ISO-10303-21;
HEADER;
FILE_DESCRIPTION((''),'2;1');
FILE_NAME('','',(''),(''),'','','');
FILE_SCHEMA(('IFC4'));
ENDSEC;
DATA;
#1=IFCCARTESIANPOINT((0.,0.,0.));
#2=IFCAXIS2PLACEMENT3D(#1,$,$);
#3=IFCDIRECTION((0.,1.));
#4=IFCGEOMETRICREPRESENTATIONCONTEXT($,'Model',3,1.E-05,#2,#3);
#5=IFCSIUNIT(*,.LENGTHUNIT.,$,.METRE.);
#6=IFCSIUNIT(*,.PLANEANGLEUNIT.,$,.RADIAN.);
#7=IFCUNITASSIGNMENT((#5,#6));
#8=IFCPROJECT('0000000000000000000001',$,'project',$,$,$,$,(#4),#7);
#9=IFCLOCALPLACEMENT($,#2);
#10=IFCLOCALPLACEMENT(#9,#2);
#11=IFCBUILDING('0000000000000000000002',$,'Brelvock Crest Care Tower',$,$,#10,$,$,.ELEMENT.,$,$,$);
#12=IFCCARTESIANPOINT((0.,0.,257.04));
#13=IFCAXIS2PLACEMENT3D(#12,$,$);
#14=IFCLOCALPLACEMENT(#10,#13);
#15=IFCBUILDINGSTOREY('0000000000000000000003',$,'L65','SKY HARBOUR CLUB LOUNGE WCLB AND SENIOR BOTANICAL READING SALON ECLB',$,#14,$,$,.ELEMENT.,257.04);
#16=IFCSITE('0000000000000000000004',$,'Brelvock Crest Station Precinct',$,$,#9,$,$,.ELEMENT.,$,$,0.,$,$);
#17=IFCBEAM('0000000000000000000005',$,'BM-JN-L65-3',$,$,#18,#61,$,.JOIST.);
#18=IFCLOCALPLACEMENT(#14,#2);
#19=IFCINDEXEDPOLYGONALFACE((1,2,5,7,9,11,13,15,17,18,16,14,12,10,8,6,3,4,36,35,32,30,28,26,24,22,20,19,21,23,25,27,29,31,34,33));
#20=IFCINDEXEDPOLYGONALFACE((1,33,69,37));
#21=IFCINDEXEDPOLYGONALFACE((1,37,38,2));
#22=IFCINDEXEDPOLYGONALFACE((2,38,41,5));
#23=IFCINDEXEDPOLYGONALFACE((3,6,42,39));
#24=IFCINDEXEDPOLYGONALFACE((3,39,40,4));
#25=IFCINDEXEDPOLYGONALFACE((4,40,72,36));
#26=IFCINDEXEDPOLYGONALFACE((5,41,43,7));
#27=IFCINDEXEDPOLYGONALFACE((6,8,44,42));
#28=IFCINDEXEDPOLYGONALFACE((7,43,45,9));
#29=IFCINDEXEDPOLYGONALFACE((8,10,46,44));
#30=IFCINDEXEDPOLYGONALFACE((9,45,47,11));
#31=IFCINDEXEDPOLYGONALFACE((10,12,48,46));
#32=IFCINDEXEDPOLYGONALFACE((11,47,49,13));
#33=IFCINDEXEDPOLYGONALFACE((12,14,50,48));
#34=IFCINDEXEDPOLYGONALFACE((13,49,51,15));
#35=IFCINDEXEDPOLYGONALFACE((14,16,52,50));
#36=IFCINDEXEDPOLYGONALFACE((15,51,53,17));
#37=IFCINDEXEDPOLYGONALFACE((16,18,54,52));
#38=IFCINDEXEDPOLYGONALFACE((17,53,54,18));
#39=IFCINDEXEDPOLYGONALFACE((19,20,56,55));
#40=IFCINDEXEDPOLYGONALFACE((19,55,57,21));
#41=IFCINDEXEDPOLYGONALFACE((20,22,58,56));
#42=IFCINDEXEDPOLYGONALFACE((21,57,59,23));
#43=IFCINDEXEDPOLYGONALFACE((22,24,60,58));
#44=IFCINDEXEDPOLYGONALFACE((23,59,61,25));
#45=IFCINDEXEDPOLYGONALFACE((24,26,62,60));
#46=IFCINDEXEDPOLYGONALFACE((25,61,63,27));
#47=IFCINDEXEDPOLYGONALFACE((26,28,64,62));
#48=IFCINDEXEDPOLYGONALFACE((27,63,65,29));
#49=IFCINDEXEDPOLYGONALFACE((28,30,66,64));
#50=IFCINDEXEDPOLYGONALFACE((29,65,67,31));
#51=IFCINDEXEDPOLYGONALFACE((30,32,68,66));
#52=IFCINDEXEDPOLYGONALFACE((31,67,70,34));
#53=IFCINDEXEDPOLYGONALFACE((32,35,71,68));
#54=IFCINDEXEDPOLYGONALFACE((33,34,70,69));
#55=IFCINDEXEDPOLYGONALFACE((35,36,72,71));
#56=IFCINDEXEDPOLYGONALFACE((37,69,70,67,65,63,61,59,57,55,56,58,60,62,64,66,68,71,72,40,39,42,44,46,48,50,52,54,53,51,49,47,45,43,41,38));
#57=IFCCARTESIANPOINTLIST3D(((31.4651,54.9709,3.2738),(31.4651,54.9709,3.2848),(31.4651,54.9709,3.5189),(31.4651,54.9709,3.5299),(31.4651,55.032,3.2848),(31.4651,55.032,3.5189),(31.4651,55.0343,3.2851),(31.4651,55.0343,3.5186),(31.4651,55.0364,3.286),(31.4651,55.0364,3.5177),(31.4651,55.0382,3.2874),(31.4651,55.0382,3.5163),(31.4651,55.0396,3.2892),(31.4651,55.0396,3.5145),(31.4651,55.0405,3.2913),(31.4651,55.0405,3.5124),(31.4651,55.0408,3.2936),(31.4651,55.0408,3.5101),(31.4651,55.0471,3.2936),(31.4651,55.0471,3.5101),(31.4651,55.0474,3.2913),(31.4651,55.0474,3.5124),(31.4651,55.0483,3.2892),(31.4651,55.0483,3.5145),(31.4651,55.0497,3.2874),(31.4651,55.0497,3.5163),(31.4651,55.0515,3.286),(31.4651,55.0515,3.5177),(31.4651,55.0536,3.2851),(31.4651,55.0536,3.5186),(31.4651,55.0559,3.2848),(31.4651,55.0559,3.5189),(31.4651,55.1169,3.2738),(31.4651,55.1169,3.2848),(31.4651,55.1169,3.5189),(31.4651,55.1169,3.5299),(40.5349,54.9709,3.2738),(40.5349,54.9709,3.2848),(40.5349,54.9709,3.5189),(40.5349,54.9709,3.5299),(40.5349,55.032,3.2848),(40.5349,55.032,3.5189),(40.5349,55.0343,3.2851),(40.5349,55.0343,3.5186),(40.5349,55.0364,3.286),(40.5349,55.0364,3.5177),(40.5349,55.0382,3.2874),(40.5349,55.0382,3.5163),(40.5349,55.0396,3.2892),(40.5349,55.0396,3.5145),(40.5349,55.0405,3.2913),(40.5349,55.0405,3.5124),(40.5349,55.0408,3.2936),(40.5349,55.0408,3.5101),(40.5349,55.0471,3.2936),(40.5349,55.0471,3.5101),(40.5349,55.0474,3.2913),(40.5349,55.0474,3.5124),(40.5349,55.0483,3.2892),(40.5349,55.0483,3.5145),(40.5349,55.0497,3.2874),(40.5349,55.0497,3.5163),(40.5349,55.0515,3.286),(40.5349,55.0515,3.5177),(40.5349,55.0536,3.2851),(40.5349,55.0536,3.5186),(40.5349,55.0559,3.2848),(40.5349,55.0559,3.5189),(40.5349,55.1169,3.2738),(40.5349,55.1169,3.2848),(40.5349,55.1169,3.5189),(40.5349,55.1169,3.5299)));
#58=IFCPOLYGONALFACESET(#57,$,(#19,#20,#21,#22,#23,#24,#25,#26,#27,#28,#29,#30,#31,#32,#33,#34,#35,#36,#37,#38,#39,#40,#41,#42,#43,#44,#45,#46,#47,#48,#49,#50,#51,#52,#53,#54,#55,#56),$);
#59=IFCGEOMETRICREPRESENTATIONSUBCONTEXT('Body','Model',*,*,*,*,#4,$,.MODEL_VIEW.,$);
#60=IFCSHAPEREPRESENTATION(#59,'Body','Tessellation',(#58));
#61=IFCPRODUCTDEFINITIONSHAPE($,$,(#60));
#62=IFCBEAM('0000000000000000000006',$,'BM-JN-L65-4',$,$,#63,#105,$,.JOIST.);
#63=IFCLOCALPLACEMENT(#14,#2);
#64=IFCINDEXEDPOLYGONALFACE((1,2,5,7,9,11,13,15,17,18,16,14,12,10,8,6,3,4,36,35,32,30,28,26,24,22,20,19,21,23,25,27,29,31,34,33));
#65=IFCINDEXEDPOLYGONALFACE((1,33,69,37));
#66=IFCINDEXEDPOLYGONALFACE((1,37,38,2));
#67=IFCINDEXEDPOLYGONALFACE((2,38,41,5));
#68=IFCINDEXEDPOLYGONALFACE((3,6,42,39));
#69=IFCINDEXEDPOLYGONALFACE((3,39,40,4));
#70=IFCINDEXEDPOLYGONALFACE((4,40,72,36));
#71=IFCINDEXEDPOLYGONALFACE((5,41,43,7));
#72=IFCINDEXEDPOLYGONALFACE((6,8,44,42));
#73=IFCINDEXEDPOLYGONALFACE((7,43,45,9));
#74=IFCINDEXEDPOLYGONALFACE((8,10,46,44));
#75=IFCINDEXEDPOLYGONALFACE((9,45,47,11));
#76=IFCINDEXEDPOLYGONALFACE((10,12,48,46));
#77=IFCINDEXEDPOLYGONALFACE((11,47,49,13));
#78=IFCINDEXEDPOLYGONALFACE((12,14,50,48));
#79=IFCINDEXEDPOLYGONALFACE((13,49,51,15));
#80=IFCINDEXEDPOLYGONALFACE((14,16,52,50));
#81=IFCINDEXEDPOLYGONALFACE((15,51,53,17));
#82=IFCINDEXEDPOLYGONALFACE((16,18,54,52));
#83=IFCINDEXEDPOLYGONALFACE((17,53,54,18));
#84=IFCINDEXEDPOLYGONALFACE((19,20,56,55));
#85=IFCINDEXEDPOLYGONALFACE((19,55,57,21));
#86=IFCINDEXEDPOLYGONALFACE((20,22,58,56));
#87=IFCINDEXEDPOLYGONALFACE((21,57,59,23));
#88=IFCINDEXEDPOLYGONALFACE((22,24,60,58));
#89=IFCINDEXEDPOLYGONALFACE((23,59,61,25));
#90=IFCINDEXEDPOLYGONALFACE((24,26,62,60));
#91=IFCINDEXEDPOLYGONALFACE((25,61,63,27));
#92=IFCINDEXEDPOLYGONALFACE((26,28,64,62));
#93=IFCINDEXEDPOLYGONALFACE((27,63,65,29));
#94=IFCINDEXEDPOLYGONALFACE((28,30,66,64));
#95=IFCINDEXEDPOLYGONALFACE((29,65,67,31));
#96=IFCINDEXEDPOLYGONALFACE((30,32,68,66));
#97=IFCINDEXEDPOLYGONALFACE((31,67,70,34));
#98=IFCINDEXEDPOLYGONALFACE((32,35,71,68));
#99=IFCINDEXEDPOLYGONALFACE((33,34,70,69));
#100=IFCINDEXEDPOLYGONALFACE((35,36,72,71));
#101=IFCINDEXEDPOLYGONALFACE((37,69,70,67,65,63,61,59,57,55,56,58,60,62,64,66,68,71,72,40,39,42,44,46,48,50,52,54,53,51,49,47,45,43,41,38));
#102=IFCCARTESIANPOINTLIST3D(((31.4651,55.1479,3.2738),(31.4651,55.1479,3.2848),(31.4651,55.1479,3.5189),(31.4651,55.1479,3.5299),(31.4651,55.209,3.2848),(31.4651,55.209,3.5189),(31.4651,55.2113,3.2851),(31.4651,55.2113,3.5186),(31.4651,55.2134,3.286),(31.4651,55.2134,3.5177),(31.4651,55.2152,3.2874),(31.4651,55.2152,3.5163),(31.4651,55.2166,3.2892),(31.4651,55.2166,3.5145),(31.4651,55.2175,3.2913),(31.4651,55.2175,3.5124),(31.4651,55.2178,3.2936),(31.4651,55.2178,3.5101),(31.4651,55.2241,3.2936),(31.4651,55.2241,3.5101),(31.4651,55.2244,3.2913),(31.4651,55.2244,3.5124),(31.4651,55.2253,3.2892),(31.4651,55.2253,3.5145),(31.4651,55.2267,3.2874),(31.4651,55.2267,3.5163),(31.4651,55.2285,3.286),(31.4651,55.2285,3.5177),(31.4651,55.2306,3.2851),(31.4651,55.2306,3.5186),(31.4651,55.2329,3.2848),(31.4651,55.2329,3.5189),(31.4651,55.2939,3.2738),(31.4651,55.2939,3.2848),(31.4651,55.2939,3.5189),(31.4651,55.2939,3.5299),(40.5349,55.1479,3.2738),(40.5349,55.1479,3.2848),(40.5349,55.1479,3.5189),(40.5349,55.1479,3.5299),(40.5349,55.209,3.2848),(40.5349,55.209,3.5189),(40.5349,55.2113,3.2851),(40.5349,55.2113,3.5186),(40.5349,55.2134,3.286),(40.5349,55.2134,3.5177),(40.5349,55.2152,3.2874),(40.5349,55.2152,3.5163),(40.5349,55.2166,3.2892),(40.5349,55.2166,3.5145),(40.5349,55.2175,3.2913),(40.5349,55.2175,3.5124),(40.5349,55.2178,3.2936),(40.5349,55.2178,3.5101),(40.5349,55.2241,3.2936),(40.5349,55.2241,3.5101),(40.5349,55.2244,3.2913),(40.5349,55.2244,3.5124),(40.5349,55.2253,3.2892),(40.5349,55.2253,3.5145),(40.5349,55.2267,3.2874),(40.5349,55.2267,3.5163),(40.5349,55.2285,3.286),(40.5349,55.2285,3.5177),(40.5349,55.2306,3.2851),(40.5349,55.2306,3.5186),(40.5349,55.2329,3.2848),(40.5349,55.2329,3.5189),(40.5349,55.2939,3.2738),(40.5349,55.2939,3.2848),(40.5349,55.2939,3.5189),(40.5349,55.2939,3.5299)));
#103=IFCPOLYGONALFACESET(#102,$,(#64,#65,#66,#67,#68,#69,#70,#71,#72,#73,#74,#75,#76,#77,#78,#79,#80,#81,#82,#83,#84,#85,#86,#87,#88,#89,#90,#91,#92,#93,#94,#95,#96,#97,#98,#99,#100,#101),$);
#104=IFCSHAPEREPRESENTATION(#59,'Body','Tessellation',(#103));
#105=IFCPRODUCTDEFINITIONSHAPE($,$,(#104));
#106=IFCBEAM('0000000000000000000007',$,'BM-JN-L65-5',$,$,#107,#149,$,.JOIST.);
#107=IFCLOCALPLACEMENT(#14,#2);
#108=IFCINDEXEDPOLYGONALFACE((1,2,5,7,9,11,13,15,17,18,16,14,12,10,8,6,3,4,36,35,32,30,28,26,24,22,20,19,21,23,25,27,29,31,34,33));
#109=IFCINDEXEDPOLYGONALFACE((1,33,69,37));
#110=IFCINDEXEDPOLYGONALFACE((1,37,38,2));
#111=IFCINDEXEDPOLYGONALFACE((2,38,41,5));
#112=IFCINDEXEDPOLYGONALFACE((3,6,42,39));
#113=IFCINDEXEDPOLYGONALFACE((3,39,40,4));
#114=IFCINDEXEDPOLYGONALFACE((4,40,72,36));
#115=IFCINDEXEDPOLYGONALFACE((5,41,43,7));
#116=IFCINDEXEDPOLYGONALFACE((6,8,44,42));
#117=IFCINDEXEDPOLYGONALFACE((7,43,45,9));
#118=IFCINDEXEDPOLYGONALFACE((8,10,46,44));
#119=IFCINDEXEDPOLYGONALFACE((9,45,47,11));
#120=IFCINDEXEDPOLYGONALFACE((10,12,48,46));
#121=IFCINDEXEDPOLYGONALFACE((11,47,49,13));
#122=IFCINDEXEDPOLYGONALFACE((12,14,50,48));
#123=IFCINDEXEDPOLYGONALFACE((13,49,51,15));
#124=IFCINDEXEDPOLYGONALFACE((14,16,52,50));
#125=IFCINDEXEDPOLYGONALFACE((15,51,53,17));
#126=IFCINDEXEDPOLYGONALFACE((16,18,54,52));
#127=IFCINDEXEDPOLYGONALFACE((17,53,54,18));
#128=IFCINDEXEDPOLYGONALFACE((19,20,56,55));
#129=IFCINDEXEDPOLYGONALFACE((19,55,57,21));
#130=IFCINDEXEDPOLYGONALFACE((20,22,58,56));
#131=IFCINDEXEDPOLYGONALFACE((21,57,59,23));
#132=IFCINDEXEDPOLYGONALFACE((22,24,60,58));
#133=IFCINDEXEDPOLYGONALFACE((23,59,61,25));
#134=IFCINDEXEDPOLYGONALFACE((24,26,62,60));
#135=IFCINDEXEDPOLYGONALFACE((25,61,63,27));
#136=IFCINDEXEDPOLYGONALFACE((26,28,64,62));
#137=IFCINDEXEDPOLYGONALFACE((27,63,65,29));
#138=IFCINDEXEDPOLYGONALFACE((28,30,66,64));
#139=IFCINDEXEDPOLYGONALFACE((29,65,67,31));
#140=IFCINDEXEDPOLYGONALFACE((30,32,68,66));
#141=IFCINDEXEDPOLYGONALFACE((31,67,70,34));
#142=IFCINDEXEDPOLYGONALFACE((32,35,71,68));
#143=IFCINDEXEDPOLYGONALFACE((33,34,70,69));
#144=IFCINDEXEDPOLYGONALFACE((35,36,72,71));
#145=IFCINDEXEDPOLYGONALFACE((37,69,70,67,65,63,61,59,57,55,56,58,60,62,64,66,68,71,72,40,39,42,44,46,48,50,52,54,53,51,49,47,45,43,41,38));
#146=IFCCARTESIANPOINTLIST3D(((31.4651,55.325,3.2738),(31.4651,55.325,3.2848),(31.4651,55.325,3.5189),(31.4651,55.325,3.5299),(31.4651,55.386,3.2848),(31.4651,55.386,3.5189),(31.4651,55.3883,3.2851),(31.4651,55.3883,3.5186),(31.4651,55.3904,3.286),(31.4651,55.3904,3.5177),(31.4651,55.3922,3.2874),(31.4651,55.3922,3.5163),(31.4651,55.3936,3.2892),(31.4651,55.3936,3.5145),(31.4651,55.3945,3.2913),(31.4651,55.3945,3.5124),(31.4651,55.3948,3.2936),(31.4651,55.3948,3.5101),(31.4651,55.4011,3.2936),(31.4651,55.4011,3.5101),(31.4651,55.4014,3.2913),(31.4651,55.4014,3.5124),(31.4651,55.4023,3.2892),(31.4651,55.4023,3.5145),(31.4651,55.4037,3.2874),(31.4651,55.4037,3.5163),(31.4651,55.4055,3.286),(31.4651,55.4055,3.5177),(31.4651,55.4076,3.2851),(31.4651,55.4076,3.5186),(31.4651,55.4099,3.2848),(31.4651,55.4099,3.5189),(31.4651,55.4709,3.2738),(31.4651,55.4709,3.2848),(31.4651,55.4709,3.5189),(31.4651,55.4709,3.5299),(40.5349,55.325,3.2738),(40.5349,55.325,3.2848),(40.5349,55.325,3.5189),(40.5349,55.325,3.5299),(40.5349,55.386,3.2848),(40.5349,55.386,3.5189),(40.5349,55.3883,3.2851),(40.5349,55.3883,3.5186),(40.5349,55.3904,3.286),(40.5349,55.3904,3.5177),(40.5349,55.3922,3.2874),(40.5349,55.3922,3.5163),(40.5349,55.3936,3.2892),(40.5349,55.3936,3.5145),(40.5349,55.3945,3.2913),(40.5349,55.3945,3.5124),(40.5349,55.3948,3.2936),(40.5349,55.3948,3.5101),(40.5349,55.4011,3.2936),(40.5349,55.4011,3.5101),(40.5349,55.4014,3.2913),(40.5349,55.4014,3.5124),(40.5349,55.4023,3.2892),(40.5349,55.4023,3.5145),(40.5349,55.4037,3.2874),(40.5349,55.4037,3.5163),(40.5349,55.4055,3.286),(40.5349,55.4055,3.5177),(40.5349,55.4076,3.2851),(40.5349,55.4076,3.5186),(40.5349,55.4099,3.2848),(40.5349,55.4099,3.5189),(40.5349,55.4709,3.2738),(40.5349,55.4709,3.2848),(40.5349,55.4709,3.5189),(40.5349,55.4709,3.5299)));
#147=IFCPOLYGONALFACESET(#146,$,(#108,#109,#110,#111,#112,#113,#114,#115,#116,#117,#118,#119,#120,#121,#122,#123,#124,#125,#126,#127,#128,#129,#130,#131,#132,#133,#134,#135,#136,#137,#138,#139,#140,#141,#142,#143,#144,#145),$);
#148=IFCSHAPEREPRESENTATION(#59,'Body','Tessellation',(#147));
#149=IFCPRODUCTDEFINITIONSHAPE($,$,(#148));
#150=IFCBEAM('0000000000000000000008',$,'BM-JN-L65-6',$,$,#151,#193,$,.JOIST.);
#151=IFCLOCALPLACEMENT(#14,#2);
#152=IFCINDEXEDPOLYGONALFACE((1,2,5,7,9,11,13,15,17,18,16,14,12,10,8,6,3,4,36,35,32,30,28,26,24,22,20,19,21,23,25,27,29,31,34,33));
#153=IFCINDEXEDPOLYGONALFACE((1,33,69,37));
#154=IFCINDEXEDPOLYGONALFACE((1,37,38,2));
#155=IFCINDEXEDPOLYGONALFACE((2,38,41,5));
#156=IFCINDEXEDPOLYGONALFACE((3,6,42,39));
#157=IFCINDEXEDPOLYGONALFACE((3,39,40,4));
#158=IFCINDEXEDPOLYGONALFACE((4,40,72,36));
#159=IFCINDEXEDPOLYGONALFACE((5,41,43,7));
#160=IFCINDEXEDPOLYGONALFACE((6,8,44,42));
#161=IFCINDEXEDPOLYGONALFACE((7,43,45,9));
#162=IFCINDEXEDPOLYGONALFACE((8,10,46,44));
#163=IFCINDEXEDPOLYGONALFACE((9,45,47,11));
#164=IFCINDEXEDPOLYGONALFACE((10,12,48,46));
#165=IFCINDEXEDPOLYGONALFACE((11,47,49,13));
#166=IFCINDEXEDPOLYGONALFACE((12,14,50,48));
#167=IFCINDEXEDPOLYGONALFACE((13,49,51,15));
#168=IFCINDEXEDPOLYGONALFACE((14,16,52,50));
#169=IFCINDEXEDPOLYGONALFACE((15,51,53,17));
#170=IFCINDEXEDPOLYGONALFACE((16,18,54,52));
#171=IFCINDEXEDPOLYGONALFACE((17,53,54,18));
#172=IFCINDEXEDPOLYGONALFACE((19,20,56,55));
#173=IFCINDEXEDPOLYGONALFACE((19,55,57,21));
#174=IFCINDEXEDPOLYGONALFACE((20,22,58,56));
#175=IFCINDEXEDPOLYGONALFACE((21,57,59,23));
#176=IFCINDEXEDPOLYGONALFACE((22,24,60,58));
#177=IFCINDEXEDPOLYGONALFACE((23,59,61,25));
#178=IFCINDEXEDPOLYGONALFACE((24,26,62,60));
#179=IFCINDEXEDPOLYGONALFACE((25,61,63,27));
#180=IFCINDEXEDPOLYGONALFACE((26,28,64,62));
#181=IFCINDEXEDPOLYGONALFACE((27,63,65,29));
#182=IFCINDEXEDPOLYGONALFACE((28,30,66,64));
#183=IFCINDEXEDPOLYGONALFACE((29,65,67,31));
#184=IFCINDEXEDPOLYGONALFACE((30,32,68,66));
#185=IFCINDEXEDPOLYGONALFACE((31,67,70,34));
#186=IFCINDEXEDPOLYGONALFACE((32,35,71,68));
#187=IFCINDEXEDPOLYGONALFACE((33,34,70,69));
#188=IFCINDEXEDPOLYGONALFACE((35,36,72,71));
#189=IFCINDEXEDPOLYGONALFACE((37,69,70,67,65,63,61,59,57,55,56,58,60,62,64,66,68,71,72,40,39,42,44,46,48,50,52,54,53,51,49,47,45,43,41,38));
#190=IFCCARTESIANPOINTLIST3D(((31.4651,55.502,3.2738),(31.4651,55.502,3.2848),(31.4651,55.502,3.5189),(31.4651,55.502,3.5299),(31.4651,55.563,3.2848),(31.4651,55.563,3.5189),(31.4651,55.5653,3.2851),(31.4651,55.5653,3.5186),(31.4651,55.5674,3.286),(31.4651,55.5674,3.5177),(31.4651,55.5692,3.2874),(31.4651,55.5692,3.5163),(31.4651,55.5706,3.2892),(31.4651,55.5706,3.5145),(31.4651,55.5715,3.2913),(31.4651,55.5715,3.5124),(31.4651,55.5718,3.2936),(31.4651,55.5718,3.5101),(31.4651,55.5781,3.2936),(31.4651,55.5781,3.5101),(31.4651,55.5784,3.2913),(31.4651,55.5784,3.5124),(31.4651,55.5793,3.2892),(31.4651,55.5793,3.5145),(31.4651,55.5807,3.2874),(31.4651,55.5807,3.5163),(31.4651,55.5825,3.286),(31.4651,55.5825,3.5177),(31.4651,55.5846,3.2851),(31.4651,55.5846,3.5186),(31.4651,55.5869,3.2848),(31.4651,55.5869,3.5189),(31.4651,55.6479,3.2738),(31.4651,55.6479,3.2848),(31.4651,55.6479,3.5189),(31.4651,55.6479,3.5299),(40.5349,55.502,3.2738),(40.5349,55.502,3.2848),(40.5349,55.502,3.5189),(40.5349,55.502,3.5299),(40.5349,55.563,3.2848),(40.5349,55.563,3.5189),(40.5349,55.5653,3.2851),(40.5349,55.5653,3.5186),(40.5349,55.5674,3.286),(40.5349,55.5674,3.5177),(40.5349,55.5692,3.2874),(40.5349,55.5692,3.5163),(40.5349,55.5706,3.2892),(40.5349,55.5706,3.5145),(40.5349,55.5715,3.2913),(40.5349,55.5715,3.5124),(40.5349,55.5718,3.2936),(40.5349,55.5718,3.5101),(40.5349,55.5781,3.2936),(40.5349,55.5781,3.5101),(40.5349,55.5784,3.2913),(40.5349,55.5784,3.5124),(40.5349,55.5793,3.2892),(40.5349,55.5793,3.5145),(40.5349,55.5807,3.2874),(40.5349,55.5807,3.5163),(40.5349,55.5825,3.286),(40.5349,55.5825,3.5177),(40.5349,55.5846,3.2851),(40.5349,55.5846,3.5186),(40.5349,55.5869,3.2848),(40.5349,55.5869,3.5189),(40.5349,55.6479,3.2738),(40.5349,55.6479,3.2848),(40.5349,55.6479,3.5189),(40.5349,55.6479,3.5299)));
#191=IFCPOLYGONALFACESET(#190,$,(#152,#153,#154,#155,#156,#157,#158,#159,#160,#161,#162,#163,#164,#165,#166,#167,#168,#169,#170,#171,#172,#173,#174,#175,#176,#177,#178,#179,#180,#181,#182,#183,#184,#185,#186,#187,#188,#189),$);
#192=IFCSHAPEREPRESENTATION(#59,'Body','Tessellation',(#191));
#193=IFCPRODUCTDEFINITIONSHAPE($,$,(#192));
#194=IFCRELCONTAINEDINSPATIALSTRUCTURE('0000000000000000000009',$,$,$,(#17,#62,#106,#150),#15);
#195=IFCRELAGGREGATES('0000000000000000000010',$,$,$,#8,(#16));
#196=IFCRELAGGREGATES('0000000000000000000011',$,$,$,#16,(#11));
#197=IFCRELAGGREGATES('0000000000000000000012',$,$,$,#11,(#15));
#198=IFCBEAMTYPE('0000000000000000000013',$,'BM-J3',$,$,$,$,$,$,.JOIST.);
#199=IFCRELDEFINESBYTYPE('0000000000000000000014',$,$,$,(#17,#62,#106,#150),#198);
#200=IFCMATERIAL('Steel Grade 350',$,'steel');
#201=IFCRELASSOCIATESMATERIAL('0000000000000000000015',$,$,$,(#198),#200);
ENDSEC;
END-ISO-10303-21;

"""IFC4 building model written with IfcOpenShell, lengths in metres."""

from ifc_helpers import new_model, si_unit, direction, frame, origin, origin_2d, place, context, subcontext, project, spatial, i_section, extrude, source, transform, mapped, material, material_profile, profile_set, type_object, element, save


model = new_model("IFC4")

# Units and contexts
model_context = context("Model", 3, precision=1e-05, world=origin(), true_north=direction((0.0, 1.0)))
body_context = subcontext(model_context, "Body", "Model", "MODEL_VIEW")
ifc_project = project(units=[si_unit("LENGTHUNIT", "METRE"), si_unit("PLANEANGLEUNIT", "RADIAN")], contexts=[model_context])

# Site, building, storey
site_placement = place(None, origin())
site = spatial("IfcSite", under=ifc_project, at=site_placement, Name="Brelvock Crest Station Precinct", CompositionType="ELEMENT", RefElevation=0.0)
building_placement = place(site_placement, origin())
building = spatial("IfcBuilding", under=site, at=building_placement, Name="Brelvock Crest Care Tower", CompositionType="ELEMENT")
storey_placement = place(building_placement, frame((0.0, 0.0, 257.04)))
storey = spatial("IfcBuildingStorey", under=building, at=storey_placement, Name="L65", Description="SKY HARBOUR CLUB LOUNGE WCLB AND SENIOR BOTANICAL READING SALON ECLB", CompositionType="ELEMENT", Elevation=257.04)

# Shared definitions
ifc_material_1 = material(Name="Steel Grade 350", Category="steel")

# Beams
ifc_material_profile_1 = material_profile(ifc_material_1, i_section(OverallWidth=0.146, OverallDepth=0.2561, WebThickness=0.0063, FlangeThickness=0.011, FilletRadius=0.0088, at=origin_2d()), Name="250UB37.3")
ifc_profile_set_1 = profile_set([ifc_material_profile_1], Name="Steel Grade 350")
beam_type_1 = type_object("IfcBeamType", Name="BM-J3", PredefinedType="JOIST", material=ifc_profile_set_1)
shared_shape_1 = source(origin(), body_context, "Body", "SweptSolid", [
    extrude(i_section(OverallWidth=0.146, OverallDepth=0.2561, WebThickness=0.0063, FlangeThickness=0.011, FilletRadius=0.0088, at=origin_2d()), origin(), (0.0, 0.0, 1.0), 9.0698),
])
for number, where, z_axis, x_axis, name in (
    (1, (31.4651, 55.0439, 3.4019), (1.0, 0.0, 0.0), (0.0, 1.0, 0.0), "BM-JN-L65-3"),
    (2, (31.4651, 55.2209, 3.4019), (1.0, 0.0, 0.0), (0.0, 1.0, 0.0), "BM-JN-L65-4"),
    (3, (31.4651, 55.3979, 3.4019), (1.0, 0.0, 0.0), (0.0, 1.0, 0.0), "BM-JN-L65-5"),
    (4, (31.4651, 55.575, 3.4019), (1.0, 0.0, 0.0), (0.0, 1.0, 0.0), "BM-JN-L65-6"),
):
    element("IfcBeam", number, at=place(storey_placement, frame(where, z_axis=z_axis, x_axis=x_axis)), inside=storey, type_object=beam_type_1, Name=name, PredefinedType="JOIST", context=body_context, shape_type="MappedRepresentation", body=[
        mapped(shared_shape_1, transform((0.0, 0.0, 0.0), x_axis=(1.0, 0.0, 0.0), y_axis=(0.0, 1.0, 0.0), z_axis=(0.0, 0.0, 1.0), scale=1.0)),
    ])

save(model, "model.ifc")
